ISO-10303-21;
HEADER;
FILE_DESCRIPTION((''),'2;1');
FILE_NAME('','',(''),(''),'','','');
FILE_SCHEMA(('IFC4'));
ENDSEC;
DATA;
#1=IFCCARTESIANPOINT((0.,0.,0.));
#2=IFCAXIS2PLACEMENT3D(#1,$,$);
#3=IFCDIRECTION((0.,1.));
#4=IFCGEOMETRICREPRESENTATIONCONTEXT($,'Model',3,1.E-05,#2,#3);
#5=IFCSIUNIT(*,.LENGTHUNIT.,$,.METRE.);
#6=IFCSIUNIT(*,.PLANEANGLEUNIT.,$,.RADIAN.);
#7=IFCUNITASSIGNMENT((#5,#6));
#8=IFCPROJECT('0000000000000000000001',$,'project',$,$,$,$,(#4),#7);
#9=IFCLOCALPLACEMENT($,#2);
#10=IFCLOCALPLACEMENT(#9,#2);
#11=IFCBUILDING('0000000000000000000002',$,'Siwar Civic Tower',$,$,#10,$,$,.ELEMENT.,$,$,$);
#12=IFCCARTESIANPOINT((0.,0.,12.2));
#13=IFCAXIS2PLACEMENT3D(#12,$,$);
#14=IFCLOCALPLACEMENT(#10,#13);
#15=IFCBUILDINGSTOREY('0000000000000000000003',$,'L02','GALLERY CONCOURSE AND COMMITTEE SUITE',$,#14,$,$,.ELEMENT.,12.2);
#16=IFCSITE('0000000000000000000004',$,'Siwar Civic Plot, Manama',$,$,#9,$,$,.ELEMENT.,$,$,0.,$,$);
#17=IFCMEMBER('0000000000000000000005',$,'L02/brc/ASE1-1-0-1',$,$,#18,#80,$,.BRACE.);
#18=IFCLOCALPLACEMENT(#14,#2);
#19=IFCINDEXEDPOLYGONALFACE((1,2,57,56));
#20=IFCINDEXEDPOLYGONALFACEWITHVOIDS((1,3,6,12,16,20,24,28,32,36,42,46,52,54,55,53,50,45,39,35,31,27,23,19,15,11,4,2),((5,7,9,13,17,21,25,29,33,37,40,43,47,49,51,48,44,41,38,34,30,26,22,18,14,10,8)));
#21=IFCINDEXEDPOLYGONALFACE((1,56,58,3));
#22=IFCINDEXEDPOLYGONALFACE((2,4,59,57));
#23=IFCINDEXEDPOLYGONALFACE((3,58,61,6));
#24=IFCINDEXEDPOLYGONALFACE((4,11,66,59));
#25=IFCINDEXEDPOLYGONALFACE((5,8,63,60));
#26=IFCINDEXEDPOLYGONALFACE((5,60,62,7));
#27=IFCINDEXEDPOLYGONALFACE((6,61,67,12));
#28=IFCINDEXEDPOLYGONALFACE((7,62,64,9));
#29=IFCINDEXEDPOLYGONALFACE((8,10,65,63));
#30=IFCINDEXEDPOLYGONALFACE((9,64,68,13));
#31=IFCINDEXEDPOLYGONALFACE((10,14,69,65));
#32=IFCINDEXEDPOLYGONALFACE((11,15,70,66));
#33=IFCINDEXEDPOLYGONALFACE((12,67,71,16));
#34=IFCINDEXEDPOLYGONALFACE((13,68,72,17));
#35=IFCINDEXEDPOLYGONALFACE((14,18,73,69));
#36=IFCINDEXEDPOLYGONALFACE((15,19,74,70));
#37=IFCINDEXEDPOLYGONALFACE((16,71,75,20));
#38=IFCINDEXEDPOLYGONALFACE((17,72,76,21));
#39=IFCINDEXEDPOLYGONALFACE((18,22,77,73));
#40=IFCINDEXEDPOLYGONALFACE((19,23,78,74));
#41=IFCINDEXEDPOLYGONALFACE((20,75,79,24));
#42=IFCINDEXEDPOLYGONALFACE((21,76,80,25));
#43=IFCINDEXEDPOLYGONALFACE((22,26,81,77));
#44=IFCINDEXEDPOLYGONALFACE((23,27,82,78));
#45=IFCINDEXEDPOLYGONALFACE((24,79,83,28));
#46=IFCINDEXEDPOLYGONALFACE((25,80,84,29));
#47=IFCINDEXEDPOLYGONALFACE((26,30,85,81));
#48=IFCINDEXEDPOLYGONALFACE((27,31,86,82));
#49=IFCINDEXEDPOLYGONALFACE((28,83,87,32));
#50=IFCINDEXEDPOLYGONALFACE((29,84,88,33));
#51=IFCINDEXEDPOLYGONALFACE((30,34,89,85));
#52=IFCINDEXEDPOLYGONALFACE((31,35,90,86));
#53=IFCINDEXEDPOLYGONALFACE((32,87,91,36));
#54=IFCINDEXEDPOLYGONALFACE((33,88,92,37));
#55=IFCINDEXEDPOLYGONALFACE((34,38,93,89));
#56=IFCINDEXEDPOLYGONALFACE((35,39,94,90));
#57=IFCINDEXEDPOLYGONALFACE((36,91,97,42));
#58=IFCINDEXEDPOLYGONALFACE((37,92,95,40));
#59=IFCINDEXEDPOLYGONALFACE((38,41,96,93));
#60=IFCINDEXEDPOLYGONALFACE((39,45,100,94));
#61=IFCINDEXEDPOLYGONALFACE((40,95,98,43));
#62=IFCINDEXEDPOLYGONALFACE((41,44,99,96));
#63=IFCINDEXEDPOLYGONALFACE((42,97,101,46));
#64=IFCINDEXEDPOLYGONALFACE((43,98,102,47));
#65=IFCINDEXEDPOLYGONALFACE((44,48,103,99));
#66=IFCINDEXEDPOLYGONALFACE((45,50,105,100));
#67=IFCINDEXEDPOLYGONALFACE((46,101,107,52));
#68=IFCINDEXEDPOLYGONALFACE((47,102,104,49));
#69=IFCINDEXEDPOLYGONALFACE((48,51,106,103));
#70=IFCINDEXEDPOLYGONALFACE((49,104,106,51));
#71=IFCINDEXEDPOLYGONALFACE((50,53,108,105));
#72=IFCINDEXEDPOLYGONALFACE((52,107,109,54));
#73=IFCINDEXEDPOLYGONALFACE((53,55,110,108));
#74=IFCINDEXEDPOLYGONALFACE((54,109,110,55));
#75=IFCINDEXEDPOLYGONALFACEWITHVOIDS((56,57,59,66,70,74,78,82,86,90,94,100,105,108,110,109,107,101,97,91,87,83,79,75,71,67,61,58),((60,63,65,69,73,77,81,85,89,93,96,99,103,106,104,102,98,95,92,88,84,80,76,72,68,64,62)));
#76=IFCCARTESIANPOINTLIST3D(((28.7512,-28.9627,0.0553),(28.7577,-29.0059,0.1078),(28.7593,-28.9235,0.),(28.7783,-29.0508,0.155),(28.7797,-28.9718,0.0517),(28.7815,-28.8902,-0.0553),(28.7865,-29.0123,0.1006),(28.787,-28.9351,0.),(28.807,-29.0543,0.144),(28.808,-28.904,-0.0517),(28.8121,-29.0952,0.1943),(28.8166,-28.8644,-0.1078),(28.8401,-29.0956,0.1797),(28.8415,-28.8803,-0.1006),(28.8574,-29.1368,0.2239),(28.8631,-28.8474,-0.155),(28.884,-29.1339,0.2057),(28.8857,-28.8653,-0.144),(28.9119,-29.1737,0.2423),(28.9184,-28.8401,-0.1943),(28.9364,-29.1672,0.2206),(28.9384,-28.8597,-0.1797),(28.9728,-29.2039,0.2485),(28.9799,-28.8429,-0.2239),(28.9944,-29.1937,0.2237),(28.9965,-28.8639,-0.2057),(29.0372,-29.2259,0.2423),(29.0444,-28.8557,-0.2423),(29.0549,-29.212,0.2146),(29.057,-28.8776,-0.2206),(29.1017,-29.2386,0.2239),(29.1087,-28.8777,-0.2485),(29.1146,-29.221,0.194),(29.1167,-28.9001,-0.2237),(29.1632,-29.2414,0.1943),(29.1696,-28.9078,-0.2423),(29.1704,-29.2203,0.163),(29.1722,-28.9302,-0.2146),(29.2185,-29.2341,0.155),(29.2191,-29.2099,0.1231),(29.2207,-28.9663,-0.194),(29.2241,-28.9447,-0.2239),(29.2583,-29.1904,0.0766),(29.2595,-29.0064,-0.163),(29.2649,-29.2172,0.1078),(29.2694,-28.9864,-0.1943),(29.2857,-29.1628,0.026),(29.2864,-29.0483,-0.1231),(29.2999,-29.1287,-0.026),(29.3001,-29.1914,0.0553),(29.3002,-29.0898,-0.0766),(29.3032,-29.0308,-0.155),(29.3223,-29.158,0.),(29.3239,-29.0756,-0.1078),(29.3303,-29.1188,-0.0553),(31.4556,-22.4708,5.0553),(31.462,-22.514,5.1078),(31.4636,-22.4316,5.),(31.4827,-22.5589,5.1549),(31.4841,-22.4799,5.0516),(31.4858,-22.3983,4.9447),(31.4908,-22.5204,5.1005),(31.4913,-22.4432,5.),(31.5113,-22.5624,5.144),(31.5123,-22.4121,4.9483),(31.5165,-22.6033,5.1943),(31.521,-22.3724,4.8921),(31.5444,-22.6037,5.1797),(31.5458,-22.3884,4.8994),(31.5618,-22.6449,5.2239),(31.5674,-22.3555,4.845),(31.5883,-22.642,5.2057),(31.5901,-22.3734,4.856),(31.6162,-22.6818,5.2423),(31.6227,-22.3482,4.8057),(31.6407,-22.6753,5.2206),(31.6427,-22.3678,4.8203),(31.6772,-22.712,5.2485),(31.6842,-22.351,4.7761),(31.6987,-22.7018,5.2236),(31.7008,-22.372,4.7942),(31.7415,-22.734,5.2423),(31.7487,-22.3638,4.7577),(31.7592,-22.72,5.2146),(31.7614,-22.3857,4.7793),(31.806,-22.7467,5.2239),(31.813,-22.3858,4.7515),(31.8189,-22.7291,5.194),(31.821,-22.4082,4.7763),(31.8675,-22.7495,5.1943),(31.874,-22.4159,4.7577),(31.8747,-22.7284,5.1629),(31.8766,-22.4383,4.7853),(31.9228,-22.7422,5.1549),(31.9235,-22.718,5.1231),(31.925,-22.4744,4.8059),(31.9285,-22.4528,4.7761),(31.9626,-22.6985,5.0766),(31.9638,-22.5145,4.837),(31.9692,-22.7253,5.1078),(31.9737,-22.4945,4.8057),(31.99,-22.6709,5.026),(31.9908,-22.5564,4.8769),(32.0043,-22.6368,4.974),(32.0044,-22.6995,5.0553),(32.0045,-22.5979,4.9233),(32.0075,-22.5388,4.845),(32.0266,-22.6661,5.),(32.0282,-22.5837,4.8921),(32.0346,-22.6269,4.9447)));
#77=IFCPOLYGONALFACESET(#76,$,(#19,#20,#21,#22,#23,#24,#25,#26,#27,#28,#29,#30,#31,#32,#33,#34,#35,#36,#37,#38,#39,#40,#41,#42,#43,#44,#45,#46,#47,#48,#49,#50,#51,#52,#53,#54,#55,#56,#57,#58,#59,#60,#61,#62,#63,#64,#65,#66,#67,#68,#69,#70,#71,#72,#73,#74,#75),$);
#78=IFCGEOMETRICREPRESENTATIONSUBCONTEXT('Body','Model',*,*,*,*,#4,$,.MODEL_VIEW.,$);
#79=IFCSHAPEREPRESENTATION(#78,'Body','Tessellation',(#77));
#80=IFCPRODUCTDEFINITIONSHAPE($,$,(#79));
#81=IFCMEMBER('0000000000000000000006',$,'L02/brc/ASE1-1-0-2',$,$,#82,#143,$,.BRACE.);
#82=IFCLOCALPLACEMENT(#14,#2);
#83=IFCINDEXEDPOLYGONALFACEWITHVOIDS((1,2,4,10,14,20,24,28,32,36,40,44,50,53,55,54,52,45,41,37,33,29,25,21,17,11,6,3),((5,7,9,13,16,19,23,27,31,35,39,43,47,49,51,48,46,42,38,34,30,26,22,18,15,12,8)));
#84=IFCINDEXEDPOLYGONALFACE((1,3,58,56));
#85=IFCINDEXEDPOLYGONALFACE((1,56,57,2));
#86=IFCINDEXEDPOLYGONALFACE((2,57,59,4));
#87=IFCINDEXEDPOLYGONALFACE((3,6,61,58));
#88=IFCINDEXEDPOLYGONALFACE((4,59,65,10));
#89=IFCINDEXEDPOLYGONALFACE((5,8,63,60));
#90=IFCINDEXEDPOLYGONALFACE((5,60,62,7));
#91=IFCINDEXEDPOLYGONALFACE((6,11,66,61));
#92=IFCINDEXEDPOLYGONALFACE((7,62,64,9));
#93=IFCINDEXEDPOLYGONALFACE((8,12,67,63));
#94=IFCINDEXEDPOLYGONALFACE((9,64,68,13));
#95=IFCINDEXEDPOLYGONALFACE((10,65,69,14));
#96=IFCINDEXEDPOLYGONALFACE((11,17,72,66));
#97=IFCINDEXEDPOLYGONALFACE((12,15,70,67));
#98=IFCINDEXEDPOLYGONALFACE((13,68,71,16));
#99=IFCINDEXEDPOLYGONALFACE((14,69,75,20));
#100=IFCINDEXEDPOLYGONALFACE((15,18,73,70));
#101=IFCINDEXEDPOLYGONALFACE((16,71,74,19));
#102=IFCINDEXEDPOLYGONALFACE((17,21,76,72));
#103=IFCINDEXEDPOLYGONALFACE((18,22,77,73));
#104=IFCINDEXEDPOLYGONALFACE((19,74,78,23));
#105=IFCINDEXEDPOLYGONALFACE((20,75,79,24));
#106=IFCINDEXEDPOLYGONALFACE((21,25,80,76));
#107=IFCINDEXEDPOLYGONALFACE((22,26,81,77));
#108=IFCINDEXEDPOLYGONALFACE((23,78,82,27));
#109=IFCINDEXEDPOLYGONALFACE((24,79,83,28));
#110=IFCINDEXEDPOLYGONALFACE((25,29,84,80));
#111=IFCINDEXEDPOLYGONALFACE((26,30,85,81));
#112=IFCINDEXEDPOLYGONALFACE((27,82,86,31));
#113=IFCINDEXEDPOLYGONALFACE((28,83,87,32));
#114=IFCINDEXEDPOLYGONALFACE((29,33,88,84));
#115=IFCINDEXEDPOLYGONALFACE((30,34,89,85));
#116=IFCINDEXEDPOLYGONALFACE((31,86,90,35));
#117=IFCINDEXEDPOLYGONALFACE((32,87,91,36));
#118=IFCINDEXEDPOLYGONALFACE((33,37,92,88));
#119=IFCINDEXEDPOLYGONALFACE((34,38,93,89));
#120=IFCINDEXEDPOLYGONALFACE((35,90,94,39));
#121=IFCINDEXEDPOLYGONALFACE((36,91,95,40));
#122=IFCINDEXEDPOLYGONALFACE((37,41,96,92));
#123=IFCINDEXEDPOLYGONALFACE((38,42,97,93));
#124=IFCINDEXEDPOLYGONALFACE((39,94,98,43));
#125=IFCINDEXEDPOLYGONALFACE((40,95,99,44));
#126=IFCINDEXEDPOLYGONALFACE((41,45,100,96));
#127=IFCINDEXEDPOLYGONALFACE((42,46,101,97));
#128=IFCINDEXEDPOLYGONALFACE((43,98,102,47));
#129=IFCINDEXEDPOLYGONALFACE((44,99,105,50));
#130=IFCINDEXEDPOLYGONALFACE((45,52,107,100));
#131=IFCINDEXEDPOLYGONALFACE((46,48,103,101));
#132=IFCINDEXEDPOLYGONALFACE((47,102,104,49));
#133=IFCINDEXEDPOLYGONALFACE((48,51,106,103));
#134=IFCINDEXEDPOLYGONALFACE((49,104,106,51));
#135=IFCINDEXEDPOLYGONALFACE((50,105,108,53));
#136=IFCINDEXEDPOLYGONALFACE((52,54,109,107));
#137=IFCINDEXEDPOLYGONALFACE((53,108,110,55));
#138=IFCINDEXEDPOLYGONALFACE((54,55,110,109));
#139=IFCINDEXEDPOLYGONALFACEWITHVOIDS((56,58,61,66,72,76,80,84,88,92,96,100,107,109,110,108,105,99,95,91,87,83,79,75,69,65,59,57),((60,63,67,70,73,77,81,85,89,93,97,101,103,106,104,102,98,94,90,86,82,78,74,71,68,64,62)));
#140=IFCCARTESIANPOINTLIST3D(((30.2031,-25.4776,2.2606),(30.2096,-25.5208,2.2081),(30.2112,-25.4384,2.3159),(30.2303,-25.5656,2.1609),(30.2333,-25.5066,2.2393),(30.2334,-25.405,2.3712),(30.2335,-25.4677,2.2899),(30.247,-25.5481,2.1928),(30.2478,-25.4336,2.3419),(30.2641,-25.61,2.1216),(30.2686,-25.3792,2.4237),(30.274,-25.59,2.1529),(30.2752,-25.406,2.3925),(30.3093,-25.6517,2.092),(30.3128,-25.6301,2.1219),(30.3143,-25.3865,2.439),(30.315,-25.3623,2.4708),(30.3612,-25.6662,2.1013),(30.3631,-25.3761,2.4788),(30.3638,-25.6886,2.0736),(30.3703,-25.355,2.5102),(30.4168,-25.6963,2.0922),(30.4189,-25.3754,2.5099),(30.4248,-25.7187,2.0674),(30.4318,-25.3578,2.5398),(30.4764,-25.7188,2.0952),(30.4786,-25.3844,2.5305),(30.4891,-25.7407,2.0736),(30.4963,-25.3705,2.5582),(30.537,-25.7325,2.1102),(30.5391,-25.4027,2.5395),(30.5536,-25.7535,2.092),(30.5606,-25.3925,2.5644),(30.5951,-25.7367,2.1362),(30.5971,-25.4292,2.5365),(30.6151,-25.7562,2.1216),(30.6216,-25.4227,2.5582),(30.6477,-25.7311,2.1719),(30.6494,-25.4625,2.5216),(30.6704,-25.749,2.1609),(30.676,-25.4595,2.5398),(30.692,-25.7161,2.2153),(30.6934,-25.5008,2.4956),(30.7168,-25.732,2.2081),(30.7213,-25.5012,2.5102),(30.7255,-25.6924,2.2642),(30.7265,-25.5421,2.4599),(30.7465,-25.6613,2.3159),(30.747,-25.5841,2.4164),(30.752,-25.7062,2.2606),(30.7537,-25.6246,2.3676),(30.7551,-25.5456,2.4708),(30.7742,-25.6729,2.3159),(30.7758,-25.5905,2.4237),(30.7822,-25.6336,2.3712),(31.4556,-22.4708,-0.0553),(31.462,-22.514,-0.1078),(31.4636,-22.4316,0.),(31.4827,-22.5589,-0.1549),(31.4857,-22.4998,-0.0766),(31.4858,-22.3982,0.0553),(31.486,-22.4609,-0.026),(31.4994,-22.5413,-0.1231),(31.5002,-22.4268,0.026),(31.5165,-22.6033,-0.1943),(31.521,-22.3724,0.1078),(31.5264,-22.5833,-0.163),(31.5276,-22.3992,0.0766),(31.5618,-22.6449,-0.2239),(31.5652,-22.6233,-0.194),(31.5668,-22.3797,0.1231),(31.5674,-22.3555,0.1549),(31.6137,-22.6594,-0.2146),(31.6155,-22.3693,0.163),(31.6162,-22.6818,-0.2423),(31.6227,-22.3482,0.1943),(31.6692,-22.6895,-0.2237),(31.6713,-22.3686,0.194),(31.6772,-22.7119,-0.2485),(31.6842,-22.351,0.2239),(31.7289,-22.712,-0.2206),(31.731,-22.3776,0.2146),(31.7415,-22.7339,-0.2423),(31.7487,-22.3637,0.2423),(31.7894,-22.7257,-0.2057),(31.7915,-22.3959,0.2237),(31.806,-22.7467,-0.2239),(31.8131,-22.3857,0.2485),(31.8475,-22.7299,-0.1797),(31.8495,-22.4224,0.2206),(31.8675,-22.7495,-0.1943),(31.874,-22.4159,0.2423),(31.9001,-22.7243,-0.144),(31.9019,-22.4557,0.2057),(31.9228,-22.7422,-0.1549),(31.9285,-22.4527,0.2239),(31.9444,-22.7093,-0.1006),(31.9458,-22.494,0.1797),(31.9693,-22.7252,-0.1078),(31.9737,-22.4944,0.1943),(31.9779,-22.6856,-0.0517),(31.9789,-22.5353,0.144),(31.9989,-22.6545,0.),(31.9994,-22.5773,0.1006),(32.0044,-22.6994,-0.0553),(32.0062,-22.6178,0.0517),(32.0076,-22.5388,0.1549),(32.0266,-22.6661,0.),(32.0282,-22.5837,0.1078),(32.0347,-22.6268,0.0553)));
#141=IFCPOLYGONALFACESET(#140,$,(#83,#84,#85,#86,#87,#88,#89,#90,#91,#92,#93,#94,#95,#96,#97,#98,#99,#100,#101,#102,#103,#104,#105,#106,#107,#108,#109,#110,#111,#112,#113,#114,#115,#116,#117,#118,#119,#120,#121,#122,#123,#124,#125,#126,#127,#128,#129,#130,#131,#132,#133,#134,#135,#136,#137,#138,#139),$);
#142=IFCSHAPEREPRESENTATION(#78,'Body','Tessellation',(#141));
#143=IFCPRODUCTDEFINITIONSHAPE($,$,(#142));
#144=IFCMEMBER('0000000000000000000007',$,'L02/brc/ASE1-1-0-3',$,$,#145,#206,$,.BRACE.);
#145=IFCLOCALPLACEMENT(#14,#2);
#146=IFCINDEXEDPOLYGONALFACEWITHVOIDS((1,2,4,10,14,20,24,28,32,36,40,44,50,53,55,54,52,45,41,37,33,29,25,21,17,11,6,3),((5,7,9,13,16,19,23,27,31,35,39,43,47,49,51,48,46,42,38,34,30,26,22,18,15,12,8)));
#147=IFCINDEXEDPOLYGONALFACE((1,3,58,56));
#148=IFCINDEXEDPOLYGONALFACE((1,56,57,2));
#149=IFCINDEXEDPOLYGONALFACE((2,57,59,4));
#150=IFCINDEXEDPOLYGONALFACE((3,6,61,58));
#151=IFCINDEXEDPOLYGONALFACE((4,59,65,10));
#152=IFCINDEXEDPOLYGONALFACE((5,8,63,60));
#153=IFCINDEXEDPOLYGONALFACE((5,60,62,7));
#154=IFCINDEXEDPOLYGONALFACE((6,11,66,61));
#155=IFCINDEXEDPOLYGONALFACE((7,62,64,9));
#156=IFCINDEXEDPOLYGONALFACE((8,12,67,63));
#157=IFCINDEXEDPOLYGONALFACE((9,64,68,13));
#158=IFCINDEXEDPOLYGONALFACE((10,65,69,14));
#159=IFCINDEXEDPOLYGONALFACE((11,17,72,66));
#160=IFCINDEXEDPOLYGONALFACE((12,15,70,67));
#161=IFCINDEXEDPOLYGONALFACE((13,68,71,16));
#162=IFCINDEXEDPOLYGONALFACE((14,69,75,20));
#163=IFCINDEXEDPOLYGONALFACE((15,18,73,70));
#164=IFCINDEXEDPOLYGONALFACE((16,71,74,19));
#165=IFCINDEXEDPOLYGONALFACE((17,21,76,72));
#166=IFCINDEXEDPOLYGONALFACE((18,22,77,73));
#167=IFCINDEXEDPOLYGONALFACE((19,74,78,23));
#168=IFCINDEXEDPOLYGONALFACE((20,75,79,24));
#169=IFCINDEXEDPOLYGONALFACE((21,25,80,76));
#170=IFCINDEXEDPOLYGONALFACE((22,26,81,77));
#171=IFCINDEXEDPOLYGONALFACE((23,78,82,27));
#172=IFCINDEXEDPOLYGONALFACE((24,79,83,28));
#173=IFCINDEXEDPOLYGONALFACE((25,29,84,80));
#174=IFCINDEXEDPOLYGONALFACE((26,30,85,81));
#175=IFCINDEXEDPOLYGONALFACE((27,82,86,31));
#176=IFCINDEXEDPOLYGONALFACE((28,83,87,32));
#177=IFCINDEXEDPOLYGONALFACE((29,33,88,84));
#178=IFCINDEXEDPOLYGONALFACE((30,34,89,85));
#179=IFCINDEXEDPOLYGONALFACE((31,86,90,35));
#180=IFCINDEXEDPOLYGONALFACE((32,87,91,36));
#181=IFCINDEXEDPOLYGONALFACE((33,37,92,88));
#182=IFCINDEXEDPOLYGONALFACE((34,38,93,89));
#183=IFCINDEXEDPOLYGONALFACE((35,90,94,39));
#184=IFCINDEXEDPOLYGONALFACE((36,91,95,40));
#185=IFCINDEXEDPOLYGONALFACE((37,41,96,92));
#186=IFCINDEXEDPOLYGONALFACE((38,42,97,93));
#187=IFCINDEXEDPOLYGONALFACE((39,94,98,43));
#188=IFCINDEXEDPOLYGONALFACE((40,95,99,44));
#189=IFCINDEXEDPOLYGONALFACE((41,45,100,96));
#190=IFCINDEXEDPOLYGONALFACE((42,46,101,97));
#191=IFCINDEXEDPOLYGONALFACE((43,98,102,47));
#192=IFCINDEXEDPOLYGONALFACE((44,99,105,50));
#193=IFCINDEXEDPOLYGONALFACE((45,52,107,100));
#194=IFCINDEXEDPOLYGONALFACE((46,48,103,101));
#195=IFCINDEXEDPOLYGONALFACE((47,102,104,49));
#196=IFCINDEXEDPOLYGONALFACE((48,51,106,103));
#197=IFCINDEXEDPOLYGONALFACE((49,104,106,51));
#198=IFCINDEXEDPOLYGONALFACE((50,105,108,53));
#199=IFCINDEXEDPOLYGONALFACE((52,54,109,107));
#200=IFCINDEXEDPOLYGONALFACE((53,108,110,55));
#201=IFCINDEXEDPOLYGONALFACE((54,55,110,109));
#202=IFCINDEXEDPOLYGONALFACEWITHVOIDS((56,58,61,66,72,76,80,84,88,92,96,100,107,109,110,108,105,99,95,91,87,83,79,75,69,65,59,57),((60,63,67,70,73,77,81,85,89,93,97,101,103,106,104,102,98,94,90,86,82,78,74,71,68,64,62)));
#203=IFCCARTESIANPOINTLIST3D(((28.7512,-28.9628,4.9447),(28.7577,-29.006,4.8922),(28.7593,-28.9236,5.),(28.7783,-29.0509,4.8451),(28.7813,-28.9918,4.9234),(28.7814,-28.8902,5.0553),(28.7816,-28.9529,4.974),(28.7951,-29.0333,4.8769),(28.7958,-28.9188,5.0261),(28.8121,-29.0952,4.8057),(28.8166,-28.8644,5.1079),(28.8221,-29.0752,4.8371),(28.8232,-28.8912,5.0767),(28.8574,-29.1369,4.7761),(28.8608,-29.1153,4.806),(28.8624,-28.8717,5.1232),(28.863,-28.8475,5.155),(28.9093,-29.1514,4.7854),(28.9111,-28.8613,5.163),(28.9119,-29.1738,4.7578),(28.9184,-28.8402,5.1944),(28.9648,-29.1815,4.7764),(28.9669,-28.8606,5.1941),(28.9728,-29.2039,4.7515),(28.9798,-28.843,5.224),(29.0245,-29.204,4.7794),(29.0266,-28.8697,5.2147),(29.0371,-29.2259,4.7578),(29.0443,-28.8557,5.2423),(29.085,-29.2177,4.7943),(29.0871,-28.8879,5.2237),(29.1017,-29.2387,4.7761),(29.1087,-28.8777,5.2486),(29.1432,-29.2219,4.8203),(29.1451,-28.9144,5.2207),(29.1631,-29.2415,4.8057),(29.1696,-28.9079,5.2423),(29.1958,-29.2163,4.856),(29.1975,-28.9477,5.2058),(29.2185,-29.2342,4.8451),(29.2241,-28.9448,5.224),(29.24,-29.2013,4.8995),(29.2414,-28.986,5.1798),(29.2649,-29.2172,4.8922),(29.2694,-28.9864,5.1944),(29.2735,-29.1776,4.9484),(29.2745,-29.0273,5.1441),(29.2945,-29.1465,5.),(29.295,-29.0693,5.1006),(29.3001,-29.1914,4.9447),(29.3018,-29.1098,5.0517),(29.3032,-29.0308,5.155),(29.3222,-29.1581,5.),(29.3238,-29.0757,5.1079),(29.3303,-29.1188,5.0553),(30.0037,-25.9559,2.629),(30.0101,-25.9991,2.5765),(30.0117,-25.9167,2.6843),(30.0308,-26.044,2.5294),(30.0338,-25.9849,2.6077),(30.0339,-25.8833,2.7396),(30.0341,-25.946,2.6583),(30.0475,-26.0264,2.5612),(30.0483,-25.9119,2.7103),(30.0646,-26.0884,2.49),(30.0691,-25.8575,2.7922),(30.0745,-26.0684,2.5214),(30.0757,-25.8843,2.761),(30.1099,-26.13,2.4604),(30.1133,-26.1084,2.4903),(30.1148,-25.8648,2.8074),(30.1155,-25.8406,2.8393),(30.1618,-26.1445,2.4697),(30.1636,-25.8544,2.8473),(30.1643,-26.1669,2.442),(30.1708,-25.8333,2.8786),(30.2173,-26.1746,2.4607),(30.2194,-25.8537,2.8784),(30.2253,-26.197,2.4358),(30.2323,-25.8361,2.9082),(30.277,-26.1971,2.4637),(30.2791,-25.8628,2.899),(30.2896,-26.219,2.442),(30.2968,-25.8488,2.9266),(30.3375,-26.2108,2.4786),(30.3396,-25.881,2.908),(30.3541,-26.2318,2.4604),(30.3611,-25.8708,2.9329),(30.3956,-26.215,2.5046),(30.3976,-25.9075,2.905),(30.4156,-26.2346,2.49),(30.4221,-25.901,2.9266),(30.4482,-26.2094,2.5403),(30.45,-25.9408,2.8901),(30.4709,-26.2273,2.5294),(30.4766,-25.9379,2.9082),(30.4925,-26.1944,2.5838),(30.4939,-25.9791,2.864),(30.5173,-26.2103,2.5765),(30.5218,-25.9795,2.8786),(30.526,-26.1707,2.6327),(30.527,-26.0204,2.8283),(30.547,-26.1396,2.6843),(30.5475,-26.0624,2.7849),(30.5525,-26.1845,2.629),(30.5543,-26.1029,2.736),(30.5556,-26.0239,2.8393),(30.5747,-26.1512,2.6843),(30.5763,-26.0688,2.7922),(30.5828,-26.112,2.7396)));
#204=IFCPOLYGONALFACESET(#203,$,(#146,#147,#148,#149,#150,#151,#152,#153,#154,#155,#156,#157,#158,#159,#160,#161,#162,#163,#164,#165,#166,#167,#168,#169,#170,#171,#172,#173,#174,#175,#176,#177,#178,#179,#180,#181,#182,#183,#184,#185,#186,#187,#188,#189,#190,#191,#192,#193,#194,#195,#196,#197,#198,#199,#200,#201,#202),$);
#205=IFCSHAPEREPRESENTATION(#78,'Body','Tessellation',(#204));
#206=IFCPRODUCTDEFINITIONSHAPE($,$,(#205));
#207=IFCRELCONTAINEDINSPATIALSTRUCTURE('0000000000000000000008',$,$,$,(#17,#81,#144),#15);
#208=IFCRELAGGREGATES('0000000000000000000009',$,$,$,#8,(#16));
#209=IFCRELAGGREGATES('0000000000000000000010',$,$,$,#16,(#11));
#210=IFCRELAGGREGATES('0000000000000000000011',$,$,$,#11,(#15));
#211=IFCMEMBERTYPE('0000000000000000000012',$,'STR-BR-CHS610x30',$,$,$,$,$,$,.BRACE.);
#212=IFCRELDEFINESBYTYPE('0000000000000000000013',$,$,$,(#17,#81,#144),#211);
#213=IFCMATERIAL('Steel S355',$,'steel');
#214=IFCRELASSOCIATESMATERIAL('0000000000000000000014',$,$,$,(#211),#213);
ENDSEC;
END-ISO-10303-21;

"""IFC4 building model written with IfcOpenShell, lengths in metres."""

from ifc_helpers import new_model, si_unit, direction, frame, origin, origin_2d, place, context, subcontext, project, spatial, hollow_circle, extrude, material, material_profile, profile_set, type_object, element, save


model = new_model("IFC4")

# Units and contexts
model_context = context("Model", 3, precision=1e-05, world=origin(), true_north=direction((0.0, 1.0)))
body_context = subcontext(model_context, "Body", "Model", "MODEL_VIEW")
ifc_project = project(units=[si_unit("LENGTHUNIT", "METRE"), si_unit("PLANEANGLEUNIT", "RADIAN")], contexts=[model_context])

# Site, building, storey
site_placement = place(None, origin())
site = spatial("IfcSite", under=ifc_project, at=site_placement, Name="Siwar Civic Plot, Manama", CompositionType="ELEMENT", RefElevation=0.0)
building_placement = place(site_placement, origin())
building = spatial("IfcBuilding", under=site, at=building_placement, Name="Siwar Civic Tower", CompositionType="ELEMENT")
storey_placement = place(building_placement, frame((0.0, 0.0, 12.2)))
storey = spatial("IfcBuildingStorey", under=building, at=storey_placement, Name="L02", Description="GALLERY CONCOURSE AND COMMITTEE SUITE", CompositionType="ELEMENT", Elevation=12.2)

# Members
ifc_material_1 = material(Name="Steel S355", Category="steel")
ifc_material_profile_1 = material_profile(ifc_material_1, hollow_circle(Radius=0.3049, WallThickness=0.03, at=origin_2d()), Name="CHS610x30")
ifc_profile_set_1 = profile_set([ifc_material_profile_1], Name="Steel S355")
member_type_1 = type_object("IfcMemberType", Name="STR-BR-CHS610x30", PredefinedType="BRACE", material=ifc_profile_set_1)
member_1_placement = place(storey_placement, frame((29.0408, -29.0408, 0.0), z_axis=(0.313404, 0.752344, 0.579445), x_axis=(-0.923109, 0.384539, 0.0)))
element("IfcMember", 1, at=member_1_placement, inside=storey, type_object=member_type_1, Name="L02/brc/ASE1-1-0-1", PredefinedType="BRACE", context=body_context, shape_type="SweptSolid", body=[
    extrude(hollow_circle(Radius=0.3049, WallThickness=0.03, at=origin_2d()), origin(), (0.0, 0.0, 1.0), 8.6289),
])
for number, where, z_axis, x_axis, name in (
    (2, (31.7451, -22.5488, 0.0), (-0.313373, -0.752341, 0.579466), (0.923121, -0.384509, 0.0), "L02/brc/ASE1-1-0-2"),
    (3, (30.2932, -26.0339, 2.6843), (-0.313385, -0.752367, 0.579425), (0.923121, -0.384509, 0.0), "L02/brc/ASE1-1-0-3"),
):
    element("IfcMember", number, at=place(storey_placement, frame(where, z_axis=z_axis, x_axis=x_axis)), inside=storey, type_object=member_type_1, Name=name, PredefinedType="BRACE", context=body_context, shape_type="SweptSolid", body=[
        extrude(hollow_circle(Radius=0.3049, WallThickness=0.03, at=origin_2d()), origin(), (0.0, 0.0, 1.0), 3.9966),
    ])

save(model, "model.ifc")
